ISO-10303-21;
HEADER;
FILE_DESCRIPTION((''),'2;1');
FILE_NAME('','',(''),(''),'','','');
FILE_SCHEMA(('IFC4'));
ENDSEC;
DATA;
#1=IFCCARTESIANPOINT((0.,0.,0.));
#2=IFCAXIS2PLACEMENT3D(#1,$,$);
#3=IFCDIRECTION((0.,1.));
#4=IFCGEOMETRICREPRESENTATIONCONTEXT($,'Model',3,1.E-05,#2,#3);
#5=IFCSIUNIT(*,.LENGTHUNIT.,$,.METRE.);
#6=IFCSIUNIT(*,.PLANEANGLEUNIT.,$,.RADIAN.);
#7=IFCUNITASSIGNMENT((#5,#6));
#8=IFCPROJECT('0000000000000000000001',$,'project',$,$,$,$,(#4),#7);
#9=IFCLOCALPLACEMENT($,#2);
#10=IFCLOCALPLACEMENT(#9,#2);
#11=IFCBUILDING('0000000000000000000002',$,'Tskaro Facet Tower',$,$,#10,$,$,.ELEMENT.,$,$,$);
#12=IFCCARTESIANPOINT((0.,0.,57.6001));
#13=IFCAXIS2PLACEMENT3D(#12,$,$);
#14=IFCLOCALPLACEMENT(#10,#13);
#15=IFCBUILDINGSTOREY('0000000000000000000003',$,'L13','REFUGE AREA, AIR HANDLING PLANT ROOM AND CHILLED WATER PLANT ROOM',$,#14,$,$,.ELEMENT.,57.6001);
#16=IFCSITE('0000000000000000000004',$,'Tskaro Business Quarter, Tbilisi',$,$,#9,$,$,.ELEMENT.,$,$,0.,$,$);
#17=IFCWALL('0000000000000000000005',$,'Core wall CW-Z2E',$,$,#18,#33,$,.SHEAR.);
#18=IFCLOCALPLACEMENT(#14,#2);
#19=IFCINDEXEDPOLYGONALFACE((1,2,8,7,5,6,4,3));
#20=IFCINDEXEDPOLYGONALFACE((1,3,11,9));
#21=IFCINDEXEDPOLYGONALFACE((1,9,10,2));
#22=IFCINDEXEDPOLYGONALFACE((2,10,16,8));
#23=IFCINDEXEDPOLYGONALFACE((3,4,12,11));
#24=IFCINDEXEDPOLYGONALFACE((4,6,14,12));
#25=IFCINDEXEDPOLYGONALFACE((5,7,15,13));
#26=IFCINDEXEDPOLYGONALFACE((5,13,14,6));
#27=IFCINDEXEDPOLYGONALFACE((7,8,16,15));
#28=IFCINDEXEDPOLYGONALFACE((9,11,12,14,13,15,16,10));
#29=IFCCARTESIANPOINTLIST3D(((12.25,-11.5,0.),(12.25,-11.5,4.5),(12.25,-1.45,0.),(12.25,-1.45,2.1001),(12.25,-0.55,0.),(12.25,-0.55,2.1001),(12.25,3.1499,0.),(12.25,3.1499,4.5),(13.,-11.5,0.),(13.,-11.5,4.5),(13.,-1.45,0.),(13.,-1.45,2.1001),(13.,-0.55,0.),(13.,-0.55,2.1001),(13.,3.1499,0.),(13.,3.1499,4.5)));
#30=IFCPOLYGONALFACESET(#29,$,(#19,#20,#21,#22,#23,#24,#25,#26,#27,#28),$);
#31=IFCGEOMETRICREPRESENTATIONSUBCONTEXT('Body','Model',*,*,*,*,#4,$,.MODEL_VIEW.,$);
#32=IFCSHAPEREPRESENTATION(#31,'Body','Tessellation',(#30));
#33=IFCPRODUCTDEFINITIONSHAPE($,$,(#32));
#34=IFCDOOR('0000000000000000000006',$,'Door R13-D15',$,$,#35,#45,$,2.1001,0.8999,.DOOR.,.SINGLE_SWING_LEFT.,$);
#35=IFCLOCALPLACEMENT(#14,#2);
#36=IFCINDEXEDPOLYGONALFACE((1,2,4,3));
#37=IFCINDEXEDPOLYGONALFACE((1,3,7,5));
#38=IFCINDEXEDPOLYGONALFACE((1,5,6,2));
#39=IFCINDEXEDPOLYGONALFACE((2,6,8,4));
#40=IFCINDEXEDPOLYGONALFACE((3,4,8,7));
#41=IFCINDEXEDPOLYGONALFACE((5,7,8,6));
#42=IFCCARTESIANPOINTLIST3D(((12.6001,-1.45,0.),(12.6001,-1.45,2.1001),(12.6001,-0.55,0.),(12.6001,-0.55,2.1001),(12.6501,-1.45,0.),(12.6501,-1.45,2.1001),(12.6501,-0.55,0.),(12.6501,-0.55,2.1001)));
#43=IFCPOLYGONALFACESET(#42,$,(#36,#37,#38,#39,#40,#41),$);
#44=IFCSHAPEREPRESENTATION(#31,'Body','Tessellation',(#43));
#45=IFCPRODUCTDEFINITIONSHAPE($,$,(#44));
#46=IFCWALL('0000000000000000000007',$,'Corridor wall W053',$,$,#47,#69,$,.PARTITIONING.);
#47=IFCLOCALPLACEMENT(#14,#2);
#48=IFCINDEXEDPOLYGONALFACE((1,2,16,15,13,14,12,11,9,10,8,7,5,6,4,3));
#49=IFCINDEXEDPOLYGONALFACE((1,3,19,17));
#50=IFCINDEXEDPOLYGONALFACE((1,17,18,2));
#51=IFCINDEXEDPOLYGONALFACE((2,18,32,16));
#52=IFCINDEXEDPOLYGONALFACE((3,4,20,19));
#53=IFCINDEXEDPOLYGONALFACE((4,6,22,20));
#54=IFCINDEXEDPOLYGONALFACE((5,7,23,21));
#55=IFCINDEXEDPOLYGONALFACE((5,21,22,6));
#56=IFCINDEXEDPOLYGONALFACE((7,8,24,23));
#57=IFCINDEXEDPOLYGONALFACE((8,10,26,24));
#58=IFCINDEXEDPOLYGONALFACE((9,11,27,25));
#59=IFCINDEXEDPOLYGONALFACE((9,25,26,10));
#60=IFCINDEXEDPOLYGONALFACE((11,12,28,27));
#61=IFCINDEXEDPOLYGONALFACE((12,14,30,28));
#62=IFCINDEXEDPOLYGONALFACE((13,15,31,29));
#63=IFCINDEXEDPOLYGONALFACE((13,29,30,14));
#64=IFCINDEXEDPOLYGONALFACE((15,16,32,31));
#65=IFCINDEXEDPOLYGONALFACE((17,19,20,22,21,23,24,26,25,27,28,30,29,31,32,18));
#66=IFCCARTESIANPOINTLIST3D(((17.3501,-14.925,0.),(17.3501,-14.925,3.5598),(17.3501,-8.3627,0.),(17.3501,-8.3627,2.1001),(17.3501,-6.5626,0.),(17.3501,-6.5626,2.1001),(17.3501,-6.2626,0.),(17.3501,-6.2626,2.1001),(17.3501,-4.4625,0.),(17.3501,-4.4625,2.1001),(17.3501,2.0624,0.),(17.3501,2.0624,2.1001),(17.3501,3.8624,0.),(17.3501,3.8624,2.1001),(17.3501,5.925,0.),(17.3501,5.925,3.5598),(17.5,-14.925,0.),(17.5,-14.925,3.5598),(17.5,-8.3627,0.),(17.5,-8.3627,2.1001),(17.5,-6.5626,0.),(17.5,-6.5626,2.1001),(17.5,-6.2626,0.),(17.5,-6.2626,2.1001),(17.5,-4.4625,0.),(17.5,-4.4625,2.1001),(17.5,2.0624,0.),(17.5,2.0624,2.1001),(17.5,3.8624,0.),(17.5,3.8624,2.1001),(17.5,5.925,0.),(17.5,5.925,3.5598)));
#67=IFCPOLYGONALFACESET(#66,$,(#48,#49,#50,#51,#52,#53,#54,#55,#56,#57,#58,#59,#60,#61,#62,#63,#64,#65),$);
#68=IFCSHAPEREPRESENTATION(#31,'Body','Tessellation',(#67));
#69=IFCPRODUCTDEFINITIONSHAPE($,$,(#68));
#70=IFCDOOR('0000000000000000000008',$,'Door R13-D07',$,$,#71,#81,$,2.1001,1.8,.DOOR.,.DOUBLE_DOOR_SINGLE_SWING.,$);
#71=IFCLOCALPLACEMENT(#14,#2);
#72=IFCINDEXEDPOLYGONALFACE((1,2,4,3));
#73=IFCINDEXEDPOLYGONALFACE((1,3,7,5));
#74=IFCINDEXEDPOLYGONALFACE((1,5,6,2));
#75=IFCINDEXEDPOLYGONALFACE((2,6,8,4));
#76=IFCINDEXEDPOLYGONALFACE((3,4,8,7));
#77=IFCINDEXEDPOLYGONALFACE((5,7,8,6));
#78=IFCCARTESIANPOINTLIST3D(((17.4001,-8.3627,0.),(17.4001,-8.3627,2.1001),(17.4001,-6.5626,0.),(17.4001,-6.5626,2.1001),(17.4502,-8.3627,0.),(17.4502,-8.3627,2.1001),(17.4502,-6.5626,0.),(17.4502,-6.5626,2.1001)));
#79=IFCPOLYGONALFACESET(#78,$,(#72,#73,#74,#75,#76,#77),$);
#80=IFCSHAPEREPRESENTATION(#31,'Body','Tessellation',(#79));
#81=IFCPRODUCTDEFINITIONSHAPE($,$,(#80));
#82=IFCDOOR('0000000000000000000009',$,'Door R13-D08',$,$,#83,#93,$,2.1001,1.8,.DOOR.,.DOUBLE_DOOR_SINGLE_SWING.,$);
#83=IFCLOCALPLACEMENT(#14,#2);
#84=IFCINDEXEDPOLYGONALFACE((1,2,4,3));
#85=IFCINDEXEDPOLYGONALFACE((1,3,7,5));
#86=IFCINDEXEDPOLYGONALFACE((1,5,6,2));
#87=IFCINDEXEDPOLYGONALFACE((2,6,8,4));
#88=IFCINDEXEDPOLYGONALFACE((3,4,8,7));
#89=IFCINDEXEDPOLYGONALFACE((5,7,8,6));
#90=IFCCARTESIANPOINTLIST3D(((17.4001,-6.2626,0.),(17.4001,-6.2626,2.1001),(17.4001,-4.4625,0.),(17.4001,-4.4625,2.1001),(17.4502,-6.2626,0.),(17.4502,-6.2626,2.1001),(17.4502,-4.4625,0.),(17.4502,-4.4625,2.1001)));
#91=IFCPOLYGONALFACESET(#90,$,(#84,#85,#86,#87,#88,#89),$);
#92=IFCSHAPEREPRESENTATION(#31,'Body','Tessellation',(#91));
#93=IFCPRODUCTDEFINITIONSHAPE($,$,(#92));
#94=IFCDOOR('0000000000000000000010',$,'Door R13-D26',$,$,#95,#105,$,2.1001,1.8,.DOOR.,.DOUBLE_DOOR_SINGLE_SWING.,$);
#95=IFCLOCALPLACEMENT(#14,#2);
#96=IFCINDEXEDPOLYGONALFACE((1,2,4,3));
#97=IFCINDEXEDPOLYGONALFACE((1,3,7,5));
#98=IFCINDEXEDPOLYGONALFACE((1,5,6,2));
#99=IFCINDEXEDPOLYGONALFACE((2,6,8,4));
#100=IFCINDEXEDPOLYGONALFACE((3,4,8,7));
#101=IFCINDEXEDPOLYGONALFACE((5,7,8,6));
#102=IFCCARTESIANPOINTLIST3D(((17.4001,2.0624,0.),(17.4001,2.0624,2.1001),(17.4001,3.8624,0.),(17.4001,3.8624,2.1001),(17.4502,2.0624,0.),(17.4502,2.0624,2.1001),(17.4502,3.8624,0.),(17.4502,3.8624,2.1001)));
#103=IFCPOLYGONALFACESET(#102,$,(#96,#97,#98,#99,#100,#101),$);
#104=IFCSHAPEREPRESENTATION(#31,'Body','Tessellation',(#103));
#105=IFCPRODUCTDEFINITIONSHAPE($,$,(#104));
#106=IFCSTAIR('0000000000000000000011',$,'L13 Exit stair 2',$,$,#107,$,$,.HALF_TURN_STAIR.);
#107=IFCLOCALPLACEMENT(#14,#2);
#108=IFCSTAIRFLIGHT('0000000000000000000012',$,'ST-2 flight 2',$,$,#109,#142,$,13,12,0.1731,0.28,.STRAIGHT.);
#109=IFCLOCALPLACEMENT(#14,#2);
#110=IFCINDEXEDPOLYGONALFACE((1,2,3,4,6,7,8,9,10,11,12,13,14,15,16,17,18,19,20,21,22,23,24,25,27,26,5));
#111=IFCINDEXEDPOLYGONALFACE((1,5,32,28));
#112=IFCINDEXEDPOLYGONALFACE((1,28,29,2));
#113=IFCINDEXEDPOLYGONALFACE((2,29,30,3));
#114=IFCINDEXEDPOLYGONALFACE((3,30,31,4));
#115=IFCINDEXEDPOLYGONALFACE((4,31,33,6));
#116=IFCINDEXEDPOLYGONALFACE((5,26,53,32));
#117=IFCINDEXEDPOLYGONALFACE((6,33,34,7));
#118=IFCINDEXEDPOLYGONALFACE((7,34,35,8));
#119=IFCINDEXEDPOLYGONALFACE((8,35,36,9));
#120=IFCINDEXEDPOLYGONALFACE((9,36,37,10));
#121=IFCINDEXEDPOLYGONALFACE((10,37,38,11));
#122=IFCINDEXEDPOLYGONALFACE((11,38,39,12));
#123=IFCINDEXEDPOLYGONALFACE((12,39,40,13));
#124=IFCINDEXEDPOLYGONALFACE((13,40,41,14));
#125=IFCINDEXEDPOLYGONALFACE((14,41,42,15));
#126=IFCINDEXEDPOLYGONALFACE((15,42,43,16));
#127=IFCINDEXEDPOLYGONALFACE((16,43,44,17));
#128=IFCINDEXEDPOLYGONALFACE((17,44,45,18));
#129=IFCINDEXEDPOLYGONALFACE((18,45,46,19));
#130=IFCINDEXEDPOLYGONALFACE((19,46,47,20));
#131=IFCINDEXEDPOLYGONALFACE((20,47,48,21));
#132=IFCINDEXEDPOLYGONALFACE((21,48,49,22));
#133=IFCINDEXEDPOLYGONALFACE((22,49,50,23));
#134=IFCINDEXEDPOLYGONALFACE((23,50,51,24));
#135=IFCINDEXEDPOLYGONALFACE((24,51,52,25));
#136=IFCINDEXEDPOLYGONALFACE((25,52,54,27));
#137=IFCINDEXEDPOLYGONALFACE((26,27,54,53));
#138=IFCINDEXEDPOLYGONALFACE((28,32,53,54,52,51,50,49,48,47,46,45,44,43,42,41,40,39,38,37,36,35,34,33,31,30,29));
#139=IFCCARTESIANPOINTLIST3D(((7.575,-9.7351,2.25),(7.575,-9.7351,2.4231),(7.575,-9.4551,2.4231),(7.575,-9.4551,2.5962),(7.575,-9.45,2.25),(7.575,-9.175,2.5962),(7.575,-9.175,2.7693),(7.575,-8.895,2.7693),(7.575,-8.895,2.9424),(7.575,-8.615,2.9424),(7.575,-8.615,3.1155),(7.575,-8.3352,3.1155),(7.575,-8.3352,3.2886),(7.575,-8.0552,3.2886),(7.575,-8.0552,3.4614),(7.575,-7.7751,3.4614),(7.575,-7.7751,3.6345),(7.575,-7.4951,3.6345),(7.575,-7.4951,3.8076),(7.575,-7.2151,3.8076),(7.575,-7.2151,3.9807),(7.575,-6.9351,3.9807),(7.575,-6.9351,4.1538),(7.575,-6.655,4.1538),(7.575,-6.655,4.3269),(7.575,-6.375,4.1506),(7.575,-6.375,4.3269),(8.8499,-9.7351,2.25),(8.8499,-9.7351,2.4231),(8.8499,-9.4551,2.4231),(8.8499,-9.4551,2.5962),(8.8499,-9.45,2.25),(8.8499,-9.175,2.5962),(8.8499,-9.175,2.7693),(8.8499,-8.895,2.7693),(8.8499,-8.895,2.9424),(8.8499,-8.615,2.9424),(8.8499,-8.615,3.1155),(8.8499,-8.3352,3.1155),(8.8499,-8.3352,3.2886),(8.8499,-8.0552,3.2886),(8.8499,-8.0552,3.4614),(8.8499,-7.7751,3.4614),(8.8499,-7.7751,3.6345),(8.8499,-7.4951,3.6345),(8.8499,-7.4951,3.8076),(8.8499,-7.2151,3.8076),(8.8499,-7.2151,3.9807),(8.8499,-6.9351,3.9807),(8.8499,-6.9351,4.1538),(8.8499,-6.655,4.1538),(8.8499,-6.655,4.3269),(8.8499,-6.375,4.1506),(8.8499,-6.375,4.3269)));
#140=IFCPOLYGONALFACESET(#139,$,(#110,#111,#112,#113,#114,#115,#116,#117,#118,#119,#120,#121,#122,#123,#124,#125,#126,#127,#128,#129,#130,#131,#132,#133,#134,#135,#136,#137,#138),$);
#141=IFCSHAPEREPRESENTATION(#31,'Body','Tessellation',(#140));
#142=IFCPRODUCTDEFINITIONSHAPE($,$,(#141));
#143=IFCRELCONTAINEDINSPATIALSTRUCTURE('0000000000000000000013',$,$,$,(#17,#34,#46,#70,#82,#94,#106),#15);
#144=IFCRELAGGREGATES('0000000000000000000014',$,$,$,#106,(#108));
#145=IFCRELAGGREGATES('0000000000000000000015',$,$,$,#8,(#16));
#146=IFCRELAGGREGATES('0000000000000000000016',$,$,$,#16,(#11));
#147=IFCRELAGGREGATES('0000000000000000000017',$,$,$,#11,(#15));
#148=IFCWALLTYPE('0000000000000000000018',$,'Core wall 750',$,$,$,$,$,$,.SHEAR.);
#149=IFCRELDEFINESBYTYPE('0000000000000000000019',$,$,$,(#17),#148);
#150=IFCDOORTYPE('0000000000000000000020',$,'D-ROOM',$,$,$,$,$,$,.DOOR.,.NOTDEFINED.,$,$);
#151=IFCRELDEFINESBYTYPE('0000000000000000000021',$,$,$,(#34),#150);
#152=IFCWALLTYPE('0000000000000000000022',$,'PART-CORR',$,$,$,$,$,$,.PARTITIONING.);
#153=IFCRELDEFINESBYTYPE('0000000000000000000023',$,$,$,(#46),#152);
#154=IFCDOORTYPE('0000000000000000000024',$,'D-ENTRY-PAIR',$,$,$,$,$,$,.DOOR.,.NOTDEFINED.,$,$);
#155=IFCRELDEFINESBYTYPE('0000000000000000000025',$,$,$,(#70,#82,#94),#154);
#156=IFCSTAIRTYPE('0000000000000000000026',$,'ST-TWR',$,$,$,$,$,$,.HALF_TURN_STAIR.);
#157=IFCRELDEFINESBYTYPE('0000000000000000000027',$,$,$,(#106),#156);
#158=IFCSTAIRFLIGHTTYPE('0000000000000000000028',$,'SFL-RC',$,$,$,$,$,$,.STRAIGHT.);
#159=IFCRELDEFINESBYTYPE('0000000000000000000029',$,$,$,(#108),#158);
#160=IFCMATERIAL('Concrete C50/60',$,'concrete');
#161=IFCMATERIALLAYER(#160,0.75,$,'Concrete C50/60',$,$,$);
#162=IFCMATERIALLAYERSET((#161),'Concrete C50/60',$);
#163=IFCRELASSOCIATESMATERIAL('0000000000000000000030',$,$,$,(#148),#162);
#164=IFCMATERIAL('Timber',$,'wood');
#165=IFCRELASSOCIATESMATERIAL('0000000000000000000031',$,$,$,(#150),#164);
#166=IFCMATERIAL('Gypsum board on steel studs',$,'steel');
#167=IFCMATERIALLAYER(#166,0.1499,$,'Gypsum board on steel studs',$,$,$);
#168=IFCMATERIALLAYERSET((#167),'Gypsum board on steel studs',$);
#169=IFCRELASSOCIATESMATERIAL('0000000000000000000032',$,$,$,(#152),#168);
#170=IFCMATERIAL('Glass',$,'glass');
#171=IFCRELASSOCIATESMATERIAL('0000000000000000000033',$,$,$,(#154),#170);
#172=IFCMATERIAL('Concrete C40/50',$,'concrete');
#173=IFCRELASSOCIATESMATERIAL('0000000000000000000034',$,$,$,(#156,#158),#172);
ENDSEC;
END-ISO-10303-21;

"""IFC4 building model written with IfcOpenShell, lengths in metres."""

from ifc_helpers import new_model, si_unit, direction, frame, frame_2d, origin, place, context, subcontext, project, spatial, polyline, rectangle, outline, extrude, material, layer, layer_set, type_object, element, fill, aggregate, save


model = new_model("IFC4")

# Units and contexts
model_context = context("Model", 3, precision=1e-05, world=origin(), true_north=direction((0.0, 1.0)))
body_context = subcontext(model_context, "Body", "Model", "MODEL_VIEW")
ifc_project = project(units=[si_unit("LENGTHUNIT", "METRE"), si_unit("PLANEANGLEUNIT", "RADIAN")], contexts=[model_context])

# Site, building, storey
site_placement = place(None, origin())
site = spatial("IfcSite", under=ifc_project, at=site_placement, Name="Tskaro Business Quarter, Tbilisi", CompositionType="ELEMENT", RefElevation=0.0)
building_placement = place(site_placement, origin())
building = spatial("IfcBuilding", under=site, at=building_placement, Name="Tskaro Facet Tower", CompositionType="ELEMENT")
storey_placement = place(building_placement, frame((0.0, 0.0, 57.6001)))
storey = spatial("IfcBuildingStorey", under=building, at=storey_placement, Name="L13", Description="REFUGE AREA, AIR HANDLING PLANT ROOM AND CHILLED WATER PLANT ROOM", CompositionType="ELEMENT", Elevation=57.6001)

# Shared definitions
ifc_material_1 = material(Name="Concrete C40/50", Category="concrete")

# Wall, opening, door
ifc_material_2 = material(Name="Concrete C50/60", Category="concrete")
ifc_layer_1 = layer(ifc_material_2, 0.75, Name="Concrete C50/60")
ifc_layer_set_1 = layer_set([ifc_layer_1], Name="Concrete C50/60")
wall_type_1 = type_object("IfcWallType", Name="Core wall 750", PredefinedType="SHEAR", material=ifc_layer_set_1)
wall_1_placement = place(storey_placement, frame((12.625, -11.5, 0.0), z_axis=(0.0, 0.0, 1.0), x_axis=(0.0, 1.0, 0.0)))
wall_1 = element("IfcWall", 1, at=wall_1_placement, inside=storey, type_object=wall_type_1, Name="Core wall CW-Z2E", PredefinedType="SHEAR", context=body_context, shape_type="SweptSolid", body=[
    extrude(rectangle(XDim=14.6499, YDim=0.75, at=frame_2d((7.325, 0.0))), origin(), (0.0, 0.0, 1.0), 4.5),
])
opening_1_placement = place(wall_1_placement, frame((10.05, 0.0, 0.0)))
opening_1 = element("IfcOpeningElement", 2, at=opening_1_placement, cuts=wall_1, PredefinedType="OPENING", context=body_context, shape_type="SweptSolid", body=[
    extrude(rectangle(XDim=0.8999, YDim=2.1001, at=frame_2d((0.45, 1.05))), frame((0.0, 0.385, 0.0), z_axis=(0.0, -1.0, 0.0), x_axis=(1.0, 0.0, 0.0)), (0.0, 0.0, 1.0), 0.77),
])
ifc_material_3 = material(Name="Timber", Category="wood")
door_type_1 = type_object("IfcDoorType", Name="D-ROOM", OperationType="NOTDEFINED", PredefinedType="DOOR", material=ifc_material_3)
door_1_placement = place(opening_1_placement, origin())
door_1 = element("IfcDoor", 3, at=door_1_placement, inside=storey, type_object=door_type_1, Name="Door R13-D15", OperationType="SINGLE_SWING_LEFT", OverallHeight=2.1001, OverallWidth=0.8999, PredefinedType="DOOR", context=body_context, shape_type="SweptSolid", body=[
    extrude(rectangle(XDim=0.8999, YDim=2.1001, at=frame_2d((0.45, 1.05))), frame((0.0, 0.0249, 0.0), z_axis=(0.0, -1.0, 0.0), x_axis=(1.0, 0.0, 0.0)), (0.0, 0.0, 1.0), 0.05),
])
fill(opening_1, door_1)

# Wall, openings, doors
ifc_material_4 = material(Name="Gypsum board on steel studs", Category="steel")
ifc_layer_2 = layer(ifc_material_4, 0.1499, Name="Gypsum board on steel studs")
ifc_layer_set_2 = layer_set([ifc_layer_2], Name="Gypsum board on steel studs")
wall_type_2 = type_object("IfcWallType", Name="PART-CORR", PredefinedType="PARTITIONING", material=ifc_layer_set_2)
wall_2_placement = place(storey_placement, frame((17.425, -14.925, 0.0), z_axis=(0.0, 0.0, 1.0), x_axis=(0.0, 1.0, 0.0)))
wall_2 = element("IfcWall", 4, at=wall_2_placement, inside=storey, type_object=wall_type_2, Name="Corridor wall W053", PredefinedType="PARTITIONING", context=body_context, shape_type="SweptSolid", body=[
    extrude(rectangle(XDim=20.8501, YDim=0.1499, at=frame_2d((10.425, 0.0))), origin(), (0.0, 0.0, 1.0), 3.5598),
])
opening_2_placement = place(wall_2_placement, frame((6.5625, 0.0, 0.0)))
opening_2 = element("IfcOpeningElement", 5, at=opening_2_placement, cuts=wall_2, PredefinedType="OPENING", context=body_context, shape_type="SweptSolid", body=[
    extrude(rectangle(XDim=1.8, YDim=2.1001, at=frame_2d((0.8999, 1.05))), frame((0.0, 0.085, 0.0), z_axis=(0.0, -1.0, 0.0), x_axis=(1.0, 0.0, 0.0)), (0.0, 0.0, 1.0), 0.1699),
])
opening_3_placement = place(wall_2_placement, frame((8.6626, 0.0, 0.0)))
opening_3 = element("IfcOpeningElement", 6, at=opening_3_placement, cuts=wall_2, PredefinedType="OPENING", context=body_context, shape_type="SweptSolid", body=[
    extrude(rectangle(XDim=1.8, YDim=2.1001, at=frame_2d((0.8999, 1.05))), frame((0.0, 0.085, 0.0), z_axis=(0.0, -1.0, 0.0), x_axis=(1.0, 0.0, 0.0)), (0.0, 0.0, 1.0), 0.1699),
])
opening_4_placement = place(wall_2_placement, frame((16.9875, 0.0, 0.0)))
opening_4 = element("IfcOpeningElement", 7, at=opening_4_placement, cuts=wall_2, PredefinedType="OPENING", context=body_context, shape_type="SweptSolid", body=[
    extrude(rectangle(XDim=1.8, YDim=2.1001, at=frame_2d((0.8999, 1.05))), frame((0.0, 0.085, 0.0), z_axis=(0.0, -1.0, 0.0), x_axis=(1.0, 0.0, 0.0)), (0.0, 0.0, 1.0), 0.1699),
])
ifc_material_5 = material(Name="Glass", Category="glass")
door_type_2 = type_object("IfcDoorType", Name="D-ENTRY-PAIR", OperationType="NOTDEFINED", PredefinedType="DOOR", material=ifc_material_5)
door_2_placement = place(opening_2_placement, origin())
door_2 = element("IfcDoor", 8, at=door_2_placement, inside=storey, type_object=door_type_2, Name="Door R13-D07", OperationType="DOUBLE_DOOR_SINGLE_SWING", OverallHeight=2.1001, OverallWidth=1.8, PredefinedType="DOOR", context=body_context, shape_type="SweptSolid", body=[
    extrude(rectangle(XDim=1.8, YDim=2.1001, at=frame_2d((0.8999, 1.05))), frame((0.0, 0.0249, 0.0), z_axis=(0.0, -1.0, 0.0), x_axis=(1.0, 0.0, 0.0)), (0.0, 0.0, 1.0), 0.05),
])
fill(opening_2, door_2)
door_3_placement = place(opening_3_placement, origin())
door_3 = element("IfcDoor", 9, at=door_3_placement, inside=storey, type_object=door_type_2, Name="Door R13-D08", OperationType="DOUBLE_DOOR_SINGLE_SWING", OverallHeight=2.1001, OverallWidth=1.8, PredefinedType="DOOR", context=body_context, shape_type="SweptSolid", body=[
    extrude(rectangle(XDim=1.8, YDim=2.1001, at=frame_2d((0.8999, 1.05))), frame((0.0, 0.0249, 0.0), z_axis=(0.0, -1.0, 0.0), x_axis=(1.0, 0.0, 0.0)), (0.0, 0.0, 1.0), 0.05),
])
fill(opening_3, door_3)
door_4_placement = place(opening_4_placement, origin())
door_4 = element("IfcDoor", 10, at=door_4_placement, inside=storey, type_object=door_type_2, Name="Door R13-D26", OperationType="DOUBLE_DOOR_SINGLE_SWING", OverallHeight=2.1001, OverallWidth=1.8, PredefinedType="DOOR", context=body_context, shape_type="SweptSolid", body=[
    extrude(rectangle(XDim=1.8, YDim=2.1001, at=frame_2d((0.8999, 1.05))), frame((0.0, 0.0249, 0.0), z_axis=(0.0, -1.0, 0.0), x_axis=(1.0, 0.0, 0.0)), (0.0, 0.0, 1.0), 0.05),
])
fill(opening_4, door_4)

# Stair, stair flight
stair_type = type_object("IfcStairType", Name="ST-TWR", PredefinedType="HALF_TURN_STAIR", material=ifc_material_1)
stair_placement = place(storey_placement, origin())
stair = element("IfcStair", 11, at=stair_placement, inside=storey, type_object=stair_type, Name="L13 Exit stair 2", PredefinedType="HALF_TURN_STAIR")
stair_flight_type = type_object("IfcStairFlightType", Name="SFL-RC", PredefinedType="STRAIGHT", material=ifc_material_1)
stair_flight_placement = place(storey_placement, frame((8.2124, -9.7351, 2.25), z_axis=(0.0, 0.0, 1.0), x_axis=(0.0, 1.0, 0.0)))
stair_flight = element("IfcStairFlight", 12, at=stair_flight_placement, type_object=stair_flight_type, Name="ST-2 flight 2", NumberOfRisers=13, NumberOfTreads=12, PredefinedType="STRAIGHT", RiserHeight=0.1731, TreadLength=0.28, context=body_context, shape_type="SweptSolid", body=[
    extrude(outline(polyline([(0.0, 0.0), (0.0, 0.1731), (0.28, 0.1731), (0.28, 0.3462), (0.5601, 0.3462), (0.5601, 0.5193), (0.8401, 0.5193), (0.8401, 0.6924), (1.1201, 0.6924), (1.1201, 0.8655), (1.3999, 0.8655), (1.3999, 1.0386), (1.6799, 1.0386), (1.6799, 1.2114), (1.96, 1.2114), (1.96, 1.3845), (2.24, 1.3845), (2.24, 1.5576), (2.52, 1.5576), (2.52, 1.7307), (2.8, 1.7307), (2.8, 1.9038), (3.0801, 1.9038), (3.0801, 2.0769), (3.3601, 2.0769), (3.3601, 2.25), (3.3601, 1.9006), (0.2852, 0.0), (0.0, 0.0)])), frame((0.0, 0.6375, 0.0), z_axis=(0.0, -1.0, 0.0), x_axis=(1.0, 0.0, 0.0)), (0.0, 0.0, 1.0), 1.2749),
])
aggregate(stair, [stair_flight])

save(model, "model.ifc")
